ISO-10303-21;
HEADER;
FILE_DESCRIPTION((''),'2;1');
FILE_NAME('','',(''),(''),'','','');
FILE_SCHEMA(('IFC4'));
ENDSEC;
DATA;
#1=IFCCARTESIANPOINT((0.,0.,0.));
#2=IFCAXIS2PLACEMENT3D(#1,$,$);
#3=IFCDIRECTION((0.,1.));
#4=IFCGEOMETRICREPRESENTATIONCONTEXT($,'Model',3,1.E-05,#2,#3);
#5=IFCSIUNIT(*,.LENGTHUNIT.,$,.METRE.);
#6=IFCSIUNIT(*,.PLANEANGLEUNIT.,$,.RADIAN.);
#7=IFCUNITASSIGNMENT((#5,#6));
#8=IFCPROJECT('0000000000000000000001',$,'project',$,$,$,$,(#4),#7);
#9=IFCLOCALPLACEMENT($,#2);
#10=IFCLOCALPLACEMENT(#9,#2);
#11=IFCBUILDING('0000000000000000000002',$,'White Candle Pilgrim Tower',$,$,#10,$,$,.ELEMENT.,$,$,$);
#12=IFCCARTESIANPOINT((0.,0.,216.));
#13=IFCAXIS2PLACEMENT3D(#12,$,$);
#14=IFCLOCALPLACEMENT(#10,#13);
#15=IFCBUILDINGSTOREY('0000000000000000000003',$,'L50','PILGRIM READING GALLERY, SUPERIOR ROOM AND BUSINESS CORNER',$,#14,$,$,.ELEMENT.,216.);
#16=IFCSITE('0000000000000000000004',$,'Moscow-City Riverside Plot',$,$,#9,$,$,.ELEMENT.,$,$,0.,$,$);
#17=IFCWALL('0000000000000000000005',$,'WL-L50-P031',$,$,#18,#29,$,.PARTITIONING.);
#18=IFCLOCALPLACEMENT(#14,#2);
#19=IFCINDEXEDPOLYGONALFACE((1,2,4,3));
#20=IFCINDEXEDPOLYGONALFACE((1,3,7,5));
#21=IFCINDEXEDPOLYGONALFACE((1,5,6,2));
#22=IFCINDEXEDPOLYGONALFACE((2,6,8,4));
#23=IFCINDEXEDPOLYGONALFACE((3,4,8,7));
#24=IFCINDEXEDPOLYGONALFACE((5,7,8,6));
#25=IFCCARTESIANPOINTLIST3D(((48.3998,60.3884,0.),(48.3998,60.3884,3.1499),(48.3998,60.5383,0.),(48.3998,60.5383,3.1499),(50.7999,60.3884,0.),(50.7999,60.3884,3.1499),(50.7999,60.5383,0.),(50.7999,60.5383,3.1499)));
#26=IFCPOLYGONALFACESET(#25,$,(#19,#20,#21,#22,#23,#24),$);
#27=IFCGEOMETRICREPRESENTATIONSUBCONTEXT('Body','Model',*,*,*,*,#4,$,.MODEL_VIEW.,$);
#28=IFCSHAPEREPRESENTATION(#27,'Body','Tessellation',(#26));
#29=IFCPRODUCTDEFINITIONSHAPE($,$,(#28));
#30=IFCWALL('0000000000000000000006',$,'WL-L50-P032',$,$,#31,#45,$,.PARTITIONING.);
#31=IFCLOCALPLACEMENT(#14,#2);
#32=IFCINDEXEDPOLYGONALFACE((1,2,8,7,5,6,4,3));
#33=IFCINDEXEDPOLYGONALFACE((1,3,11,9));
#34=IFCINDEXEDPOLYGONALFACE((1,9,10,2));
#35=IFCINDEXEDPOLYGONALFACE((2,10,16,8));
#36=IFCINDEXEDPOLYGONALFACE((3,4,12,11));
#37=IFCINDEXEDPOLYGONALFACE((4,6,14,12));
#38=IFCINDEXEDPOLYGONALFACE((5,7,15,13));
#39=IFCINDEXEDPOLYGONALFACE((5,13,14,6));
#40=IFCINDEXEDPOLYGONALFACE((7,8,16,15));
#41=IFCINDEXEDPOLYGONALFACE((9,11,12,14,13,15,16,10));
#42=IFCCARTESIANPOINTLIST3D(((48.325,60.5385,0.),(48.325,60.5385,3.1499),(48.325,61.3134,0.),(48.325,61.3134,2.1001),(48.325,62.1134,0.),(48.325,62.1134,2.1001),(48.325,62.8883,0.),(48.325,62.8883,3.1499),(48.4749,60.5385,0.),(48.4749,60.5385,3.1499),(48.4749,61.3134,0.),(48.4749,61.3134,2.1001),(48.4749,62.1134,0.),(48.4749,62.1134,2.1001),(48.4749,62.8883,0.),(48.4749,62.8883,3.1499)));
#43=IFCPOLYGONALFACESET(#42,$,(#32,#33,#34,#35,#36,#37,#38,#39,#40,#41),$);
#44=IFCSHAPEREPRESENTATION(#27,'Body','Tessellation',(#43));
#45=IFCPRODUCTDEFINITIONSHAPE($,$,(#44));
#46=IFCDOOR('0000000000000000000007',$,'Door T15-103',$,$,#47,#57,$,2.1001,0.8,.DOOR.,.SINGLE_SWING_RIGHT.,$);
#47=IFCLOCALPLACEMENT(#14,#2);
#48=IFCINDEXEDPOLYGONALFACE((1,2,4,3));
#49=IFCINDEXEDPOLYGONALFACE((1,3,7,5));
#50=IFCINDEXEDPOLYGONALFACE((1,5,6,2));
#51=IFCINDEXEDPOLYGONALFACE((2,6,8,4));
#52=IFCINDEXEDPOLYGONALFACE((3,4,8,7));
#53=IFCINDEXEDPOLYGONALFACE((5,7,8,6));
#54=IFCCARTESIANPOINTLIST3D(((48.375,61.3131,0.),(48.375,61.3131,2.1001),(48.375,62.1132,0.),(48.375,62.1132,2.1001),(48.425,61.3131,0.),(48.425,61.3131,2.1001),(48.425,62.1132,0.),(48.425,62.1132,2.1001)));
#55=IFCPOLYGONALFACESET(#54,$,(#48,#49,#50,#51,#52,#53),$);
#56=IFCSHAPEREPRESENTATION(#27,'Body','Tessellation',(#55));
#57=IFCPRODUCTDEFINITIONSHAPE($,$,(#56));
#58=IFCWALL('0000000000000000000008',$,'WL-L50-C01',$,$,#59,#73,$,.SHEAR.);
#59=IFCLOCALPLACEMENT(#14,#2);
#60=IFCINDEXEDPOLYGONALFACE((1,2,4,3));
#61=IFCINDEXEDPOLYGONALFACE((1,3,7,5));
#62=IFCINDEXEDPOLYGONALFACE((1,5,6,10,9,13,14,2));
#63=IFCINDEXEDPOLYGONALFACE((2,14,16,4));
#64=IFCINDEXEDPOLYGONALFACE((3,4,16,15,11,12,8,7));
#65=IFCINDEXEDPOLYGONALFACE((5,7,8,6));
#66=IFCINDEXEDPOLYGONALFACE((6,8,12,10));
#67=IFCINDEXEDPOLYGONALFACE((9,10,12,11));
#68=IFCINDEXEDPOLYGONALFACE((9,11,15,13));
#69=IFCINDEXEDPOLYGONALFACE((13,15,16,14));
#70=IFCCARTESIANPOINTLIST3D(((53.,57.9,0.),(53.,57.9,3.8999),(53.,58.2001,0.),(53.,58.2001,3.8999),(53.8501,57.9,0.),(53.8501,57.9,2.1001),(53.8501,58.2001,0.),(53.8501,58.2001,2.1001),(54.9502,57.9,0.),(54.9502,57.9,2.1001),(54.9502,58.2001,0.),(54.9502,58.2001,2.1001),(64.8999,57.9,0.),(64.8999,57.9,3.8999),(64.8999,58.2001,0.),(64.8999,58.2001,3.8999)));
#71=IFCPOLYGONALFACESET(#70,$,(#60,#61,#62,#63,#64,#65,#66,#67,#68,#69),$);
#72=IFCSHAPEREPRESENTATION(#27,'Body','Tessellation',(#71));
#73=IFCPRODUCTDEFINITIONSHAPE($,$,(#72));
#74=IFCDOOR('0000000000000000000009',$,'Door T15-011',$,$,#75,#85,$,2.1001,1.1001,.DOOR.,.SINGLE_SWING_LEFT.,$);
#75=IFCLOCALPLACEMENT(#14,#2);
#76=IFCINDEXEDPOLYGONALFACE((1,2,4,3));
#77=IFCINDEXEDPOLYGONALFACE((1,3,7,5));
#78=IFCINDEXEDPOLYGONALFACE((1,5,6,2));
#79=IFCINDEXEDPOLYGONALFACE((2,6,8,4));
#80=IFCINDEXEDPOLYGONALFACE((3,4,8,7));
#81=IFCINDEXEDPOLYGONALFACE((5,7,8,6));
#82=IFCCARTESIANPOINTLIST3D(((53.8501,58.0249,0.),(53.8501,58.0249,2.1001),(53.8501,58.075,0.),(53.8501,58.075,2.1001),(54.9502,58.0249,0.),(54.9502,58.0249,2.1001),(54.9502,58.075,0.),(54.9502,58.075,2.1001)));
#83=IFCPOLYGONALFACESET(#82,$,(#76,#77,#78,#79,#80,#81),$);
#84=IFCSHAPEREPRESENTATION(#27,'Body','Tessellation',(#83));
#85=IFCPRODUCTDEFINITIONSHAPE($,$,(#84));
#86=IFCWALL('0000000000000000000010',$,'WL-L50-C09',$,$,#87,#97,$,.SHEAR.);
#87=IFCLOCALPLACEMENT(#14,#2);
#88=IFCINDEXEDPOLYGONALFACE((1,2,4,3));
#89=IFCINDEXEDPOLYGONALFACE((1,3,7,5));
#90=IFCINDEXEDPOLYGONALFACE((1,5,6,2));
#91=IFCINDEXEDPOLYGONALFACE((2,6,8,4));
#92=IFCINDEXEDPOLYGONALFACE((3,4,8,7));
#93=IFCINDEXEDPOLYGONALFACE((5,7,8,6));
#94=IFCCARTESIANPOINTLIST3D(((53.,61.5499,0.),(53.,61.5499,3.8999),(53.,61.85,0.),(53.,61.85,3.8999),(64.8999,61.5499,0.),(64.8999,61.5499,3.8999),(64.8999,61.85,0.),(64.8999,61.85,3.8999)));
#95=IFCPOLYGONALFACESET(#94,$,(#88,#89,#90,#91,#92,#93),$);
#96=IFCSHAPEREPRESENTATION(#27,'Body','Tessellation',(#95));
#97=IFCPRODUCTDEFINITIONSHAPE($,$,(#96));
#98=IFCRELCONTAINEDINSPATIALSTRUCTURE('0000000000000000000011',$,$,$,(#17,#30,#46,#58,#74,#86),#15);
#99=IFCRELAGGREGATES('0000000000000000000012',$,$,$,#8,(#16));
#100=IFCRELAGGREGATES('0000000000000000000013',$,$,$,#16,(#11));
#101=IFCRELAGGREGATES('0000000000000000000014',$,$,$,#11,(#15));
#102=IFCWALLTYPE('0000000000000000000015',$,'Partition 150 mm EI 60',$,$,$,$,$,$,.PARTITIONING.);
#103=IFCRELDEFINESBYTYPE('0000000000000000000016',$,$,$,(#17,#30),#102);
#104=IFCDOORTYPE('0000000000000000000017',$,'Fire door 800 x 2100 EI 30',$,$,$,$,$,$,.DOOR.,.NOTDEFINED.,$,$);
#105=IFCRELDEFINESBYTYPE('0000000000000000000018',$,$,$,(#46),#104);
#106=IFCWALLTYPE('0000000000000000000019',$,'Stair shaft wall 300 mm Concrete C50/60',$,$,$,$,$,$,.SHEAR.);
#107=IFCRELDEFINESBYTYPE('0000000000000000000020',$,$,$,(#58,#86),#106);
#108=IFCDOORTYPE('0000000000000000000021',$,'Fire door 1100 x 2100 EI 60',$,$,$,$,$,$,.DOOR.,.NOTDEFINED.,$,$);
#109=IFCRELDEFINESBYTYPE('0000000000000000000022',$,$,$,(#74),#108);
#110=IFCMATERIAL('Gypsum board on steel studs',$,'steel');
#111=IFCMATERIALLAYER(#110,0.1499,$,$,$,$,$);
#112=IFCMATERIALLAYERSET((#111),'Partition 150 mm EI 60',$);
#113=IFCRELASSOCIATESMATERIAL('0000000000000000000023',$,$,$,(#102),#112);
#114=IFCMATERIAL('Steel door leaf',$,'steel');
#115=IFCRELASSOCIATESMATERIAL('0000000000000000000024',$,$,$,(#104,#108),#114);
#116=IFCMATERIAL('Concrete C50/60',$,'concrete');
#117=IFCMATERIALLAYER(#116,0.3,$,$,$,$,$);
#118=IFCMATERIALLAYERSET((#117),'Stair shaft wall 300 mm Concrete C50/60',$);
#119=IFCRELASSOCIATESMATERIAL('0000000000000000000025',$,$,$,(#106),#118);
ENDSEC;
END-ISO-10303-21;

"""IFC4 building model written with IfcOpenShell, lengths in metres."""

from ifc_helpers import new_model, si_unit, direction, frame, frame_2d, origin, place, context, subcontext, project, spatial, rectangle, extrude, material, layer, layer_set, type_object, element, fill, save


model = new_model("IFC4")

# Units and contexts
model_context = context("Model", 3, precision=1e-05, world=origin(), true_north=direction((0.0, 1.0)))
body_context = subcontext(model_context, "Body", "Model", "MODEL_VIEW")
ifc_project = project(units=[si_unit("LENGTHUNIT", "METRE"), si_unit("PLANEANGLEUNIT", "RADIAN")], contexts=[model_context])

# Site, building, storey
site_placement = place(None, origin())
site = spatial("IfcSite", under=ifc_project, at=site_placement, Name="Moscow-City Riverside Plot", CompositionType="ELEMENT", RefElevation=0.0)
building_placement = place(site_placement, origin())
building = spatial("IfcBuilding", under=site, at=building_placement, Name="White Candle Pilgrim Tower", CompositionType="ELEMENT")
storey_placement = place(building_placement, frame((0.0, 0.0, 216.0)))
storey = spatial("IfcBuildingStorey", under=building, at=storey_placement, Name="L50", Description="PILGRIM READING GALLERY, SUPERIOR ROOM AND BUSINESS CORNER", CompositionType="ELEMENT", Elevation=216.0)

# Shared definitions
ifc_material_1 = material(Name="Concrete C50/60", Category="concrete")

# Shared definitions
ifc_material_2 = material(Name="Gypsum board on steel studs", Category="steel")
ifc_material_3 = material(Name="Steel door leaf", Category="steel")

# Wall
ifc_layer_1 = layer(ifc_material_2, 0.1499)
ifc_layer_set_1 = layer_set([ifc_layer_1], Name="Partition 150 mm EI 60")
wall_type_1 = type_object("IfcWallType", Name="Partition 150 mm EI 60", PredefinedType="PARTITIONING", material=ifc_layer_set_1)
wall_1_placement = place(storey_placement, frame((50.8, 60.4634, 0.0), z_axis=(0.0, 0.0, 1.0), x_axis=(-1.0, 0.0, 0.0)))
element("IfcWall", 1, at=wall_1_placement, inside=storey, type_object=wall_type_1, Name="WL-L50-P031", PredefinedType="PARTITIONING", context=body_context, shape_type="SweptSolid", body=[
    extrude(rectangle(XDim=2.4001, YDim=0.1499, at=frame_2d((1.2002, 0.0))), origin(), (0.0, 0.0, 1.0), 3.1499),
])

# Walls, openings, doors
wall_2_placement = place(storey_placement, frame((48.3999, 62.8882, 0.0), z_axis=(0.0, 0.0, 1.0), x_axis=(0.0, -1.0, 0.0)))
wall_2 = element("IfcWall", 2, at=wall_2_placement, inside=storey, type_object=wall_type_1, Name="WL-L50-P032", PredefinedType="PARTITIONING", context=body_context, shape_type="SweptSolid", body=[
    extrude(rectangle(XDim=2.3499, YDim=0.1499, at=frame_2d((1.1748, 0.0))), origin(), (0.0, 0.0, 1.0), 3.1499),
])
opening_1_placement = place(wall_2_placement, frame((0.7749, 0.0, 0.0)))
opening_1 = element("IfcOpeningElement", 3, at=opening_1_placement, cuts=wall_2, PredefinedType="OPENING", context=body_context, shape_type="SweptSolid", body=[
    extrude(rectangle(XDim=0.8, YDim=2.1001, at=frame_2d((0.3999, 1.05))), frame((0.0, 0.085, 0.0), z_axis=(0.0, -1.0, 0.0), x_axis=(1.0, 0.0, 0.0)), (0.0, 0.0, 1.0), 0.1699),
])
door_type_1 = type_object("IfcDoorType", Name="Fire door 800 x 2100 EI 30", OperationType="NOTDEFINED", PredefinedType="DOOR", material=ifc_material_3)
door_1_placement = place(opening_1_placement, frame((0.8, 0.0, 0.0), z_axis=(0.0, 0.0, 1.0), x_axis=(-1.0, 0.0, 0.0)))
door_1 = element("IfcDoor", 4, at=door_1_placement, inside=storey, type_object=door_type_1, Name="Door T15-103", OperationType="SINGLE_SWING_RIGHT", OverallHeight=2.1001, OverallWidth=0.8, PredefinedType="DOOR", context=body_context, shape_type="SweptSolid", body=[
    extrude(rectangle(XDim=0.8, YDim=2.1001, at=frame_2d((0.3999, 1.05))), frame((0.0, 0.0249, 0.0), z_axis=(0.0, -1.0, 0.0), x_axis=(1.0, 0.0, 0.0)), (0.0, 0.0, 1.0), 0.05),
])
fill(opening_1, door_1)
ifc_layer_2 = layer(ifc_material_1, 0.3)
ifc_layer_set_2 = layer_set([ifc_layer_2], Name="Stair shaft wall 300 mm Concrete C50/60")
wall_type_2 = type_object("IfcWallType", Name="Stair shaft wall 300 mm Concrete C50/60", PredefinedType="SHEAR", material=ifc_layer_set_2)
wall_3_placement = place(storey_placement, frame((53.0, 58.05, 0.0), z_axis=(0.0, 0.0, 1.0), x_axis=(1.0, 0.0, 0.0)))
wall_3 = element("IfcWall", 5, at=wall_3_placement, inside=storey, type_object=wall_type_2, Name="WL-L50-C01", PredefinedType="SHEAR", context=body_context, shape_type="SweptSolid", body=[
    extrude(rectangle(XDim=11.8999, YDim=0.3, at=frame_2d((5.95, 0.0))), origin(), (0.0, 0.0, 1.0), 3.8999),
])
opening_2_placement = place(wall_3_placement, frame((0.8501, 0.0, 0.0)))
opening_2 = element("IfcOpeningElement", 6, at=opening_2_placement, cuts=wall_3, PredefinedType="OPENING", context=body_context, shape_type="SweptSolid", body=[
    extrude(rectangle(XDim=1.1001, YDim=2.1001, at=frame_2d((0.55, 1.05))), frame((0.0, 0.1599, 0.0), z_axis=(0.0, -1.0, 0.0), x_axis=(1.0, 0.0, 0.0)), (0.0, 0.0, 1.0), 0.3201),
])
door_type_2 = type_object("IfcDoorType", Name="Fire door 1100 x 2100 EI 60", OperationType="NOTDEFINED", PredefinedType="DOOR", material=ifc_material_3)
door_2_placement = place(opening_2_placement, origin())
door_2 = element("IfcDoor", 7, at=door_2_placement, inside=storey, type_object=door_type_2, Name="Door T15-011", OperationType="SINGLE_SWING_LEFT", OverallHeight=2.1001, OverallWidth=1.1001, PredefinedType="DOOR", context=body_context, shape_type="SweptSolid", body=[
    extrude(rectangle(XDim=1.1001, YDim=2.1001, at=frame_2d((0.55, 1.05))), frame((0.0, 0.0249, 0.0), z_axis=(0.0, -1.0, 0.0), x_axis=(1.0, 0.0, 0.0)), (0.0, 0.0, 1.0), 0.05),
])
fill(opening_2, door_2)

# Wall
wall_4_placement = place(storey_placement, frame((53.0, 61.7, 0.0), z_axis=(0.0, 0.0, 1.0), x_axis=(1.0, 0.0, 0.0)))
element("IfcWall", 8, at=wall_4_placement, inside=storey, type_object=wall_type_2, Name="WL-L50-C09", PredefinedType="SHEAR", context=body_context, shape_type="SweptSolid", body=[
    extrude(rectangle(XDim=11.8999, YDim=0.3, at=frame_2d((5.95, 0.0))), origin(), (0.0, 0.0, 1.0), 3.8999),
])

save(model, "model.ifc")
